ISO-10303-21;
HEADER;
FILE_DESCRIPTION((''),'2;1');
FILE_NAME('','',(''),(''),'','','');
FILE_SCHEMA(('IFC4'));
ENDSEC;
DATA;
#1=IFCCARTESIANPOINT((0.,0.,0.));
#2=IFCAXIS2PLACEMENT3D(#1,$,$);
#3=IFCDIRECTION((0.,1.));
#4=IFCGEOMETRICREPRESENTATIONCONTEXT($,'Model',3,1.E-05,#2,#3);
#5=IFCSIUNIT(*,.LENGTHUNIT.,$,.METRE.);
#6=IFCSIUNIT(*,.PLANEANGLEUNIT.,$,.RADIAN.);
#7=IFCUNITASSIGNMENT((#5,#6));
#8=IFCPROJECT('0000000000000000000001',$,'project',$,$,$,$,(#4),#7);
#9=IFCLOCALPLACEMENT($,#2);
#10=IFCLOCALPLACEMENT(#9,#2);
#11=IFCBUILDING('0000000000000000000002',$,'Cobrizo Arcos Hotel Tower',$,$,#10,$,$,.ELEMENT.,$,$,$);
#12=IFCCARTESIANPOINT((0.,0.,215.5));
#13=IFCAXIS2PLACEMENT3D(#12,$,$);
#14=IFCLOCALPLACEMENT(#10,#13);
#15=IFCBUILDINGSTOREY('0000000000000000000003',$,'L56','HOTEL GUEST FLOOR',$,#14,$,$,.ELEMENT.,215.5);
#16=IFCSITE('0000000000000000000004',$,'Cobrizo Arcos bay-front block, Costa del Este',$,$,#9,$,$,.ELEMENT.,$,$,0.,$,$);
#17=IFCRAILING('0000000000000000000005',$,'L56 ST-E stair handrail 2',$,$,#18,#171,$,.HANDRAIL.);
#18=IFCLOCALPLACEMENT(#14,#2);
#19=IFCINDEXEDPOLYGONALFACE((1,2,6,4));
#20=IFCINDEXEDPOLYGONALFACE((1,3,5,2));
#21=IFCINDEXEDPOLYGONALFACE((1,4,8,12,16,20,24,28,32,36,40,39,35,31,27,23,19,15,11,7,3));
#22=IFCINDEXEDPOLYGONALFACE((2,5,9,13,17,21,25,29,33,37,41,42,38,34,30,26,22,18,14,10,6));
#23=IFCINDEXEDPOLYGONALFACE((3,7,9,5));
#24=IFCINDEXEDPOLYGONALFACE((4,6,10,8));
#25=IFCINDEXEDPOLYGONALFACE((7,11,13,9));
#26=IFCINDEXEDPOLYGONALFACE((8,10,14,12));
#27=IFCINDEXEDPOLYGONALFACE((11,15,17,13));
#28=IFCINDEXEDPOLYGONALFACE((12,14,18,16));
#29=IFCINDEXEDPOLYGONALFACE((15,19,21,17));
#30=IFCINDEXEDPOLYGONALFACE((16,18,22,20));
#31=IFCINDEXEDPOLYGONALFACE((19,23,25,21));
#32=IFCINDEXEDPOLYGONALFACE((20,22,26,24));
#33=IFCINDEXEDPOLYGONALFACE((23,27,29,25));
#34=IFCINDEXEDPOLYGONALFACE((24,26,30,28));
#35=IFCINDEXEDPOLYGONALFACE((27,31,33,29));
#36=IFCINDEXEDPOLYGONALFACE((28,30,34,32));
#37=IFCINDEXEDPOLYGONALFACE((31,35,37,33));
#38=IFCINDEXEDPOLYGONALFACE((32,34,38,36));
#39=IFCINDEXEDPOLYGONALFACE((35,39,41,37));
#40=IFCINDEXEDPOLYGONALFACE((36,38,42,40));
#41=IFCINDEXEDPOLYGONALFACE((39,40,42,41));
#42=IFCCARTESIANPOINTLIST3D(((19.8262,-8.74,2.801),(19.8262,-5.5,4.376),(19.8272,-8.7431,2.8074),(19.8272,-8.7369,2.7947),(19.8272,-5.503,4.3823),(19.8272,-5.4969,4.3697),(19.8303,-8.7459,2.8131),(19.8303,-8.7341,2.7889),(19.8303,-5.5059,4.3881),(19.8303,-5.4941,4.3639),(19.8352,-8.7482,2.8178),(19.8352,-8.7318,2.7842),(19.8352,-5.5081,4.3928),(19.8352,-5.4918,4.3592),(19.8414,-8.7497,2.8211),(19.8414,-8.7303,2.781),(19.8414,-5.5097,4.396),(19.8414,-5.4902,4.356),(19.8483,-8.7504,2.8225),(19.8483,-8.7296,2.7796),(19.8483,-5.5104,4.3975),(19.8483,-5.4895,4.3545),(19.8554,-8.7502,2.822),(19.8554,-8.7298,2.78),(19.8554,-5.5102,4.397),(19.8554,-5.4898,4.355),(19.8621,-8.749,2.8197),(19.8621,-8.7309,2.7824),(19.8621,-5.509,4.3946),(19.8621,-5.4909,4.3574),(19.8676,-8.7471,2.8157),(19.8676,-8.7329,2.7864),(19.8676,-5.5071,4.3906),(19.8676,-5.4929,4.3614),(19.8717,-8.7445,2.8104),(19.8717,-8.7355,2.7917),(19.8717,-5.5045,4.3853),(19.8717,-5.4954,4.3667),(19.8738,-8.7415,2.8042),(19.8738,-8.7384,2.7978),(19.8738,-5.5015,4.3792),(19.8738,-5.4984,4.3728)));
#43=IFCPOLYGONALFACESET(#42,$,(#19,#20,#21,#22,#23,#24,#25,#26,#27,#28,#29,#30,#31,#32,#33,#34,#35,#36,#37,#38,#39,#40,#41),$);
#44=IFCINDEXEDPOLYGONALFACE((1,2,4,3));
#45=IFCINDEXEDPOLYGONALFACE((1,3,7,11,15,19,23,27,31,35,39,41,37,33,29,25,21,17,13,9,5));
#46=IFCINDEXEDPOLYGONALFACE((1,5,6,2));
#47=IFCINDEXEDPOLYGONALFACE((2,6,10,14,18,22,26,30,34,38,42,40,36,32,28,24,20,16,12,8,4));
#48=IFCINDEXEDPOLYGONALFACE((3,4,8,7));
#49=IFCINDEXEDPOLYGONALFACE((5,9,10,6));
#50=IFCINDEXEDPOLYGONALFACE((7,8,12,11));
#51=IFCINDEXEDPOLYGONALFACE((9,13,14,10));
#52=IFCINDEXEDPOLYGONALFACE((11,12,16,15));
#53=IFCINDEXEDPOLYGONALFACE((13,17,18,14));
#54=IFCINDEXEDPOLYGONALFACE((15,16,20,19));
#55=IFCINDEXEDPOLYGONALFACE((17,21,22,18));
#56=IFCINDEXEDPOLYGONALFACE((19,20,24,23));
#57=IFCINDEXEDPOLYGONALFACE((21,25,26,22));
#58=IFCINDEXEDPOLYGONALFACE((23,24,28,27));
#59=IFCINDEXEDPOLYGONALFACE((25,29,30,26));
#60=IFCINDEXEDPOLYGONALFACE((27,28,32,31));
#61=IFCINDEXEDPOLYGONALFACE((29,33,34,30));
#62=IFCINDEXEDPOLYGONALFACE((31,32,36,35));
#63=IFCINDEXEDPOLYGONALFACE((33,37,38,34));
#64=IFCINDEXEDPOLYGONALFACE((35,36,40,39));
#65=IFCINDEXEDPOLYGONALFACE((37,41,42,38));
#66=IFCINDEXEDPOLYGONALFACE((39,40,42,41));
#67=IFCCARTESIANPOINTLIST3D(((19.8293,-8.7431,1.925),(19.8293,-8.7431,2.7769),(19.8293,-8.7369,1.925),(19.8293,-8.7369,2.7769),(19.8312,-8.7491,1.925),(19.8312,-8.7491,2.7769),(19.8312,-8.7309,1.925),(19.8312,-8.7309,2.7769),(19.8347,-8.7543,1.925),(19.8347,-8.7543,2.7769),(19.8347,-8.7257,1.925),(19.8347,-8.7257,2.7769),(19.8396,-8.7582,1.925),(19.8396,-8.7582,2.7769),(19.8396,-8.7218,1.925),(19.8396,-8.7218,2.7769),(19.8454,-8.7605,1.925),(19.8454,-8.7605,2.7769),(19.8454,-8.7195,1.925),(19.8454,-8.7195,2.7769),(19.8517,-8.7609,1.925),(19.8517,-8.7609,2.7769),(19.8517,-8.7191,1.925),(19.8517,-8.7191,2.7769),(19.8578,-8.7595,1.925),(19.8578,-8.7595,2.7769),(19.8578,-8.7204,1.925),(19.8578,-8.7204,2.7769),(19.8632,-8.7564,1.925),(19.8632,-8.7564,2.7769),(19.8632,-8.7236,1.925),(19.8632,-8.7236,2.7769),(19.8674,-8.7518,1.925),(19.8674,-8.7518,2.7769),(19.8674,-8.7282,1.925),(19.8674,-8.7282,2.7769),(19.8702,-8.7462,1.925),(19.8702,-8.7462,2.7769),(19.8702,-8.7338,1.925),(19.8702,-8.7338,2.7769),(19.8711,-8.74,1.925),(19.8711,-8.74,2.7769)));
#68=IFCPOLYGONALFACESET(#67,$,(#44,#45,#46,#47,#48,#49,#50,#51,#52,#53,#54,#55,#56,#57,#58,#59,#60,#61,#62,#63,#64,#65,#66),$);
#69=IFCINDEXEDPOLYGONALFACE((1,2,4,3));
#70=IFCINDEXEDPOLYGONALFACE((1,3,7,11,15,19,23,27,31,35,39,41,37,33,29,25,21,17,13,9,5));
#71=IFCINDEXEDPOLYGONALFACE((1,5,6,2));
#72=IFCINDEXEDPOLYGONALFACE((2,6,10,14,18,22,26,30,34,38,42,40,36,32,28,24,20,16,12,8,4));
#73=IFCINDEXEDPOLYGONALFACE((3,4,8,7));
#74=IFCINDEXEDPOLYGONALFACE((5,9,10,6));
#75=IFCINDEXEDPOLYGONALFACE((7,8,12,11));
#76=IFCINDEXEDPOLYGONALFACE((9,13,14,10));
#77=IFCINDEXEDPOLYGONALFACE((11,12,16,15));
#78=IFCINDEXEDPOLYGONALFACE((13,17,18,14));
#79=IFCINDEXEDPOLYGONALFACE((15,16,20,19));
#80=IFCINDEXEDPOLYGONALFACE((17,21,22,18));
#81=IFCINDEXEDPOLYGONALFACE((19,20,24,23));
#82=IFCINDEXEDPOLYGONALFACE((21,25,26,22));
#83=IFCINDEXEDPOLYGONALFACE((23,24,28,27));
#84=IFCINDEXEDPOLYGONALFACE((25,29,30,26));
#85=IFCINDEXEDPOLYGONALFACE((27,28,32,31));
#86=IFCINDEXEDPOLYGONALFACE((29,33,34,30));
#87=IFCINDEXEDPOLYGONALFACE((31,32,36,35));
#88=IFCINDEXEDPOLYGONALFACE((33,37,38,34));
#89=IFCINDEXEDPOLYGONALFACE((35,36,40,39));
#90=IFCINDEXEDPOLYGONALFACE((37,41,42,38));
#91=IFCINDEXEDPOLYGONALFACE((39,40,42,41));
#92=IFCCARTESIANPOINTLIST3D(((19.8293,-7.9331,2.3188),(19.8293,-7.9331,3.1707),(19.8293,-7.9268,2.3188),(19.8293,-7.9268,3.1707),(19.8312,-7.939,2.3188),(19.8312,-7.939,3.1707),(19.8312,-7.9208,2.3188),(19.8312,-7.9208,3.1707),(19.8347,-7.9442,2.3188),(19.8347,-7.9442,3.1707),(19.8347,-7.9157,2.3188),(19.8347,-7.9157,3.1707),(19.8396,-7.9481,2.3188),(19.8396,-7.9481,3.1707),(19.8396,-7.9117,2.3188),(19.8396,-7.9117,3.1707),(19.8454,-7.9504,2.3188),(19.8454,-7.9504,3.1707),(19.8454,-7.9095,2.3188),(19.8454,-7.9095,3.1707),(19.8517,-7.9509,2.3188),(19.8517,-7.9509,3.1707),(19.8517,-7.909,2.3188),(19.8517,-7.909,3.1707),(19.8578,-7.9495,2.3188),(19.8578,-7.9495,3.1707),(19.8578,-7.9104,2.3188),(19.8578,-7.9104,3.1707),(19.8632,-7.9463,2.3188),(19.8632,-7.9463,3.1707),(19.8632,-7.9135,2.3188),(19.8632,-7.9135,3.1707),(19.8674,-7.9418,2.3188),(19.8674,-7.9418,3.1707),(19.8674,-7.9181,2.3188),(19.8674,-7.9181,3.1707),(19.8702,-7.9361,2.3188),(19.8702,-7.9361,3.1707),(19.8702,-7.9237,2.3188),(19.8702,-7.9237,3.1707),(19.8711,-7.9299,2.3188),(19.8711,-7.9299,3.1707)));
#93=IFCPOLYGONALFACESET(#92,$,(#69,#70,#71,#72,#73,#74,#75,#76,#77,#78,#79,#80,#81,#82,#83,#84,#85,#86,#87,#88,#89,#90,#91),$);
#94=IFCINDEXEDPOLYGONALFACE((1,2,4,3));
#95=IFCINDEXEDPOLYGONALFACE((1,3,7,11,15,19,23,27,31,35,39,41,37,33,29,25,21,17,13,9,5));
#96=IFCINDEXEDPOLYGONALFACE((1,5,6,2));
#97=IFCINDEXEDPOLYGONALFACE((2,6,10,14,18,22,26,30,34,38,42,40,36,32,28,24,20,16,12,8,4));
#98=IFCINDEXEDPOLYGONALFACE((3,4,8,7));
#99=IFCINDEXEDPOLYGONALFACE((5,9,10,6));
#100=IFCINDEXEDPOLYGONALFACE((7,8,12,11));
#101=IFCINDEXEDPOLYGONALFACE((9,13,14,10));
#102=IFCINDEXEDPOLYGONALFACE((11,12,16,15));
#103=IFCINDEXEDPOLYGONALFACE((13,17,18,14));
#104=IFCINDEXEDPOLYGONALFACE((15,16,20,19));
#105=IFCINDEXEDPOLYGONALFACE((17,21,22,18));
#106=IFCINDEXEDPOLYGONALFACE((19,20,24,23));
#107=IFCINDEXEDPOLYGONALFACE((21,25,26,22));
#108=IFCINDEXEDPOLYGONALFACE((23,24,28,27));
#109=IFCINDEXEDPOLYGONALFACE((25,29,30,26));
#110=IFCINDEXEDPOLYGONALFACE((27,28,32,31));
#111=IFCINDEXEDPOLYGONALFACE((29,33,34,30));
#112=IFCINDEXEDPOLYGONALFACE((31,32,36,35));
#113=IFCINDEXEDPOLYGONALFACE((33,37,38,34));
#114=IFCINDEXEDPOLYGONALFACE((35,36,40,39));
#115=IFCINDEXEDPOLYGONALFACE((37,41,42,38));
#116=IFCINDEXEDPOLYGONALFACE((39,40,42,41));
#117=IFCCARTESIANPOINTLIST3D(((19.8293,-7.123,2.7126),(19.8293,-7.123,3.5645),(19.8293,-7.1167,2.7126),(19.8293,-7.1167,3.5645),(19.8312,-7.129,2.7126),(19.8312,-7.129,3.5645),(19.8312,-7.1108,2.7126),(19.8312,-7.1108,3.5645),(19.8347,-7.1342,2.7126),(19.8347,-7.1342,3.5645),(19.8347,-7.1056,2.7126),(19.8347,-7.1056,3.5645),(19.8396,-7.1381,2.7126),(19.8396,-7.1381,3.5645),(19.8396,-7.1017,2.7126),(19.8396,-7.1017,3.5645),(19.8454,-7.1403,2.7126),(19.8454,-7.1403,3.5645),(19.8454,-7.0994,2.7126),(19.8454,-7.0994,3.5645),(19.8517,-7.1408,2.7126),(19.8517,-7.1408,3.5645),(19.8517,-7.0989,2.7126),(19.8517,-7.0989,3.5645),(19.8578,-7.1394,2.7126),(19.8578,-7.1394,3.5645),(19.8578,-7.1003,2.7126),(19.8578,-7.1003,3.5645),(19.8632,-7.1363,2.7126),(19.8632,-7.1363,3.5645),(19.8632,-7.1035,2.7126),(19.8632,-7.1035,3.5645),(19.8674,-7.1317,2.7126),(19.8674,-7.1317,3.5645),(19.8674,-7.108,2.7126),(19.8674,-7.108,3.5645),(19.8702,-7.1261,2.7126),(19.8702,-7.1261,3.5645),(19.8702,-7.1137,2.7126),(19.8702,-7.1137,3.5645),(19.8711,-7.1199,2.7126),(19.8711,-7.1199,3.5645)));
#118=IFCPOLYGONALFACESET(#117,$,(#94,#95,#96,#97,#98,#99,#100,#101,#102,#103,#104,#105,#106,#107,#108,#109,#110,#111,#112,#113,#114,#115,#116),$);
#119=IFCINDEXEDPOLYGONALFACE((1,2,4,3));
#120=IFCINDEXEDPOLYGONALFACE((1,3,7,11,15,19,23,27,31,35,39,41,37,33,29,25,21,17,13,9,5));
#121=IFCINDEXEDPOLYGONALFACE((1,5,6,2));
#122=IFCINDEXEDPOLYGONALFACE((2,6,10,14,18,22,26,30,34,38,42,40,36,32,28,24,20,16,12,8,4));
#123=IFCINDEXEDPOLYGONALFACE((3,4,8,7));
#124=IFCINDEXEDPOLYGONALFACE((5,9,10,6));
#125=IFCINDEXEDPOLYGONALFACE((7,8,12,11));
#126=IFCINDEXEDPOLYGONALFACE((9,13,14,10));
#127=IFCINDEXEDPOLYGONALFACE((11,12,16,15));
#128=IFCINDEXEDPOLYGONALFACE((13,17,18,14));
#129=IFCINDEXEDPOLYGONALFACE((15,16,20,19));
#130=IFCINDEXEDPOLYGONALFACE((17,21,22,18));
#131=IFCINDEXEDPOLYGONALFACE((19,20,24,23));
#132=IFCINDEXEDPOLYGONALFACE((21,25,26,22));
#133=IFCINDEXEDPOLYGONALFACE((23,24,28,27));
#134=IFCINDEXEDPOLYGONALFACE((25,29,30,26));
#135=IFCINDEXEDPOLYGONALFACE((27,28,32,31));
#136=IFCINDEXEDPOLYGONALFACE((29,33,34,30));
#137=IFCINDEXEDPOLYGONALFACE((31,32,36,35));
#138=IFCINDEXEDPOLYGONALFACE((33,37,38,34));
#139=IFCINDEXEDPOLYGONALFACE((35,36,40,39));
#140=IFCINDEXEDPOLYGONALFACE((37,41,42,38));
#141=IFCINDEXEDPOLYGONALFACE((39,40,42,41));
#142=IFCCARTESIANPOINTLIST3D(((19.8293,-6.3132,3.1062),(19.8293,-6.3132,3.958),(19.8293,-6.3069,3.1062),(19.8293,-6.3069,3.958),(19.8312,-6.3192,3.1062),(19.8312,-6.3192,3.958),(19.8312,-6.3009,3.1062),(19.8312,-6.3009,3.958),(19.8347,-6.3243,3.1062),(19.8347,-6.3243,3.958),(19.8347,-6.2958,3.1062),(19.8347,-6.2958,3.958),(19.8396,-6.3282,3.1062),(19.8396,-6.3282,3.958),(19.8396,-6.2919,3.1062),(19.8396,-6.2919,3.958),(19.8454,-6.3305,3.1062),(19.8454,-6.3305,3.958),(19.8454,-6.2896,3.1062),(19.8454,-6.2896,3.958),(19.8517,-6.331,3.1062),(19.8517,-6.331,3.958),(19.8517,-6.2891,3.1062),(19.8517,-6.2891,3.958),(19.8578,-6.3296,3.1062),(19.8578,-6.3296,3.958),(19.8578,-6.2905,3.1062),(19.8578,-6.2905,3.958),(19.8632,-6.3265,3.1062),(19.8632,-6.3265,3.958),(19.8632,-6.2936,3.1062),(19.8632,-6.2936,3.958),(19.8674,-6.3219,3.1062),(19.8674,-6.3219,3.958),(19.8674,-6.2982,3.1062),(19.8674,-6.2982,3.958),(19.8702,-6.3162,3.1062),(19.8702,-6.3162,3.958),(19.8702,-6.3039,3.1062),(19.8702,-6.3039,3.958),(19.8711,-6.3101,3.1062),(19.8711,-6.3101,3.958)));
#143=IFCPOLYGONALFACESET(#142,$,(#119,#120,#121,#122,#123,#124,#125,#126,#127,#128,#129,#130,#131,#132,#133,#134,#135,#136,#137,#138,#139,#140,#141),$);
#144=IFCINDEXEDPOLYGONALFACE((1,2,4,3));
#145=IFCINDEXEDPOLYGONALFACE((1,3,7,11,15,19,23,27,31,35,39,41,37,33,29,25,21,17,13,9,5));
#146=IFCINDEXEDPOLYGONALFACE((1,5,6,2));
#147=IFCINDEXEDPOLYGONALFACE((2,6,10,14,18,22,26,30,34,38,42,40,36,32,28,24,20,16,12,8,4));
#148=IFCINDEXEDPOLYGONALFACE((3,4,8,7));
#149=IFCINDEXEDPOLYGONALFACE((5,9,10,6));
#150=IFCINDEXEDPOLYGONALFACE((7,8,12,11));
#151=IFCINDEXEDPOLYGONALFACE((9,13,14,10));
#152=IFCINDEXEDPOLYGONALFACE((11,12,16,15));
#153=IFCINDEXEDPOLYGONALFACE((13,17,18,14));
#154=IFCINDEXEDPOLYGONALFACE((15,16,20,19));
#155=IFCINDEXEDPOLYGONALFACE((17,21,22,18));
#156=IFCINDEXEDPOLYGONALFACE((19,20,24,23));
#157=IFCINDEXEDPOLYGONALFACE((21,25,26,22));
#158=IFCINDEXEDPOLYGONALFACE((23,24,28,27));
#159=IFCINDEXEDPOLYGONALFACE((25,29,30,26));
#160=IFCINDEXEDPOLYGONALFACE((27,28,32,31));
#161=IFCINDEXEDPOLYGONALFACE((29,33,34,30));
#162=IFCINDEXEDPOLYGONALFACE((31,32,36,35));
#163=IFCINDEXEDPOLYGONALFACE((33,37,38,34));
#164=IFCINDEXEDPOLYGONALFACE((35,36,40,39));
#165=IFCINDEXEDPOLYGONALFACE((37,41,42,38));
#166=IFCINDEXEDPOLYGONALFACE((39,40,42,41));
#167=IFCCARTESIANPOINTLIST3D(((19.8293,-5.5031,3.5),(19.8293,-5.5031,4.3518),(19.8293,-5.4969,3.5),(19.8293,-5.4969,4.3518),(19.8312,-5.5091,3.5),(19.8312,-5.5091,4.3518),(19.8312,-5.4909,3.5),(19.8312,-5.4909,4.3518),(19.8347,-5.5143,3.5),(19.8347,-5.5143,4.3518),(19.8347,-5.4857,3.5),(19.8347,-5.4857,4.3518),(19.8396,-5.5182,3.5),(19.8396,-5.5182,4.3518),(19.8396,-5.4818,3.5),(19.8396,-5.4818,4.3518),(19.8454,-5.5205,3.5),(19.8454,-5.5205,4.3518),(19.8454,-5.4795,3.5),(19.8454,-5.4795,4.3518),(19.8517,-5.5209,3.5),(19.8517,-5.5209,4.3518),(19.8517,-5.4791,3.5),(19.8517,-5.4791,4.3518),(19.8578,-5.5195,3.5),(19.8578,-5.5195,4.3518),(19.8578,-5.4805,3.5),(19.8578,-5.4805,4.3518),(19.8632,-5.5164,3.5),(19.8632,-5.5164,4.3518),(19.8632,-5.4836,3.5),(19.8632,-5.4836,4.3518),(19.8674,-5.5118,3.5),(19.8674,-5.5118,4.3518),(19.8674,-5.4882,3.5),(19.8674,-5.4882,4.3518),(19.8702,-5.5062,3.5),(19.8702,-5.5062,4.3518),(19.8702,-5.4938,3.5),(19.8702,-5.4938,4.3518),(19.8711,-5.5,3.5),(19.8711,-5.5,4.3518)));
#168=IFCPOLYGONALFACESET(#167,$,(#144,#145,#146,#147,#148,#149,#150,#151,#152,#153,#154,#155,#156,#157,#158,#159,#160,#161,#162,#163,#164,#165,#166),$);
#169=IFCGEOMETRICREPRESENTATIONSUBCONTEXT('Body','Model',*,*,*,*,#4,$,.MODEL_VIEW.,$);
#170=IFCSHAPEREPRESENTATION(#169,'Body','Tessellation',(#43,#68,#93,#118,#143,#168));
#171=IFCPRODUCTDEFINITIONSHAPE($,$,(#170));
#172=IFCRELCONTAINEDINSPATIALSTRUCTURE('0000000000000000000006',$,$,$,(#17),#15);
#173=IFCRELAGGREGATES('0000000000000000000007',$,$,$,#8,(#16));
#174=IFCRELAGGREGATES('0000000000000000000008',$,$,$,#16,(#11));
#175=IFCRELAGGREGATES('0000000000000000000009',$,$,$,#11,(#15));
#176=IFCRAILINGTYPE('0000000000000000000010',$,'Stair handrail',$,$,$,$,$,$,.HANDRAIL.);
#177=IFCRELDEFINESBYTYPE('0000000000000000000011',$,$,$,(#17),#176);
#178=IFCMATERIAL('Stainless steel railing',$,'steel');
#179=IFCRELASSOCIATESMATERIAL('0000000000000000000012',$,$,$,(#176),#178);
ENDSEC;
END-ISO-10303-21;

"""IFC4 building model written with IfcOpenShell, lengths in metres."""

from ifc_helpers import new_model, si_unit, direction, frame, origin, origin_2d, place, context, subcontext, project, spatial, circle, extrude, material, type_object, element, save


model = new_model("IFC4")

# Units and contexts
model_context = context("Model", 3, precision=1e-05, world=origin(), true_north=direction((0.0, 1.0)))
body_context = subcontext(model_context, "Body", "Model", "MODEL_VIEW")
ifc_project = project(units=[si_unit("LENGTHUNIT", "METRE"), si_unit("PLANEANGLEUNIT", "RADIAN")], contexts=[model_context])

# Site, building, storey
site_placement = place(None, origin())
site = spatial("IfcSite", under=ifc_project, at=site_placement, Name="Cobrizo Arcos bay-front block, Costa del Este", CompositionType="ELEMENT", RefElevation=0.0)
building_placement = place(site_placement, origin())
building = spatial("IfcBuilding", under=site, at=building_placement, Name="Cobrizo Arcos Hotel Tower", CompositionType="ELEMENT")
storey_placement = place(building_placement, frame((0.0, 0.0, 215.5)))
storey = spatial("IfcBuildingStorey", under=building, at=storey_placement, Name="L56", Description="HOTEL GUEST FLOOR", CompositionType="ELEMENT", Elevation=215.5)

# Railing
ifc_material_1 = material(Name="Stainless steel railing", Category="steel")
railing_type_1 = type_object("IfcRailingType", Name="Stair handrail", PredefinedType="HANDRAIL", material=ifc_material_1)
railing_1_placement = place(storey_placement, frame((19.8501, -8.74, 1.925)))
element("IfcRailing", 1, at=railing_1_placement, inside=storey, type_object=railing_type_1, Name="L56 ST-E stair handrail 2", PredefinedType="HANDRAIL", context=body_context, shape_type="SweptSolid", body=[
    extrude(circle(Radius=0.0239, at=origin_2d()), frame((0.0, 0.0, 0.876), z_axis=(0.0, 0.899373, 0.437183), x_axis=(-1.0, 0.0, 0.0)), (0.0, 0.0, 1.0), 3.6025),
    extrude(circle(Radius=0.021, at=origin_2d()), origin(), (0.0, 0.0, 1.0), 0.8518),
    extrude(circle(Radius=0.021, at=origin_2d()), frame((0.0, 0.8101, 0.3938)), (0.0, 0.0, 1.0), 0.8518),
    extrude(circle(Radius=0.021, at=origin_2d()), frame((0.0, 1.6201, 0.7876)), (0.0, 0.0, 1.0), 0.8518),
    extrude(circle(Radius=0.021, at=origin_2d()), frame((0.0, 2.4299, 1.1812)), (0.0, 0.0, 1.0), 0.8518),
    extrude(circle(Radius=0.021, at=origin_2d()), frame((0.0, 3.24, 1.575)), (0.0, 0.0, 1.0), 0.8518),
])

save(model, "model.ifc")
